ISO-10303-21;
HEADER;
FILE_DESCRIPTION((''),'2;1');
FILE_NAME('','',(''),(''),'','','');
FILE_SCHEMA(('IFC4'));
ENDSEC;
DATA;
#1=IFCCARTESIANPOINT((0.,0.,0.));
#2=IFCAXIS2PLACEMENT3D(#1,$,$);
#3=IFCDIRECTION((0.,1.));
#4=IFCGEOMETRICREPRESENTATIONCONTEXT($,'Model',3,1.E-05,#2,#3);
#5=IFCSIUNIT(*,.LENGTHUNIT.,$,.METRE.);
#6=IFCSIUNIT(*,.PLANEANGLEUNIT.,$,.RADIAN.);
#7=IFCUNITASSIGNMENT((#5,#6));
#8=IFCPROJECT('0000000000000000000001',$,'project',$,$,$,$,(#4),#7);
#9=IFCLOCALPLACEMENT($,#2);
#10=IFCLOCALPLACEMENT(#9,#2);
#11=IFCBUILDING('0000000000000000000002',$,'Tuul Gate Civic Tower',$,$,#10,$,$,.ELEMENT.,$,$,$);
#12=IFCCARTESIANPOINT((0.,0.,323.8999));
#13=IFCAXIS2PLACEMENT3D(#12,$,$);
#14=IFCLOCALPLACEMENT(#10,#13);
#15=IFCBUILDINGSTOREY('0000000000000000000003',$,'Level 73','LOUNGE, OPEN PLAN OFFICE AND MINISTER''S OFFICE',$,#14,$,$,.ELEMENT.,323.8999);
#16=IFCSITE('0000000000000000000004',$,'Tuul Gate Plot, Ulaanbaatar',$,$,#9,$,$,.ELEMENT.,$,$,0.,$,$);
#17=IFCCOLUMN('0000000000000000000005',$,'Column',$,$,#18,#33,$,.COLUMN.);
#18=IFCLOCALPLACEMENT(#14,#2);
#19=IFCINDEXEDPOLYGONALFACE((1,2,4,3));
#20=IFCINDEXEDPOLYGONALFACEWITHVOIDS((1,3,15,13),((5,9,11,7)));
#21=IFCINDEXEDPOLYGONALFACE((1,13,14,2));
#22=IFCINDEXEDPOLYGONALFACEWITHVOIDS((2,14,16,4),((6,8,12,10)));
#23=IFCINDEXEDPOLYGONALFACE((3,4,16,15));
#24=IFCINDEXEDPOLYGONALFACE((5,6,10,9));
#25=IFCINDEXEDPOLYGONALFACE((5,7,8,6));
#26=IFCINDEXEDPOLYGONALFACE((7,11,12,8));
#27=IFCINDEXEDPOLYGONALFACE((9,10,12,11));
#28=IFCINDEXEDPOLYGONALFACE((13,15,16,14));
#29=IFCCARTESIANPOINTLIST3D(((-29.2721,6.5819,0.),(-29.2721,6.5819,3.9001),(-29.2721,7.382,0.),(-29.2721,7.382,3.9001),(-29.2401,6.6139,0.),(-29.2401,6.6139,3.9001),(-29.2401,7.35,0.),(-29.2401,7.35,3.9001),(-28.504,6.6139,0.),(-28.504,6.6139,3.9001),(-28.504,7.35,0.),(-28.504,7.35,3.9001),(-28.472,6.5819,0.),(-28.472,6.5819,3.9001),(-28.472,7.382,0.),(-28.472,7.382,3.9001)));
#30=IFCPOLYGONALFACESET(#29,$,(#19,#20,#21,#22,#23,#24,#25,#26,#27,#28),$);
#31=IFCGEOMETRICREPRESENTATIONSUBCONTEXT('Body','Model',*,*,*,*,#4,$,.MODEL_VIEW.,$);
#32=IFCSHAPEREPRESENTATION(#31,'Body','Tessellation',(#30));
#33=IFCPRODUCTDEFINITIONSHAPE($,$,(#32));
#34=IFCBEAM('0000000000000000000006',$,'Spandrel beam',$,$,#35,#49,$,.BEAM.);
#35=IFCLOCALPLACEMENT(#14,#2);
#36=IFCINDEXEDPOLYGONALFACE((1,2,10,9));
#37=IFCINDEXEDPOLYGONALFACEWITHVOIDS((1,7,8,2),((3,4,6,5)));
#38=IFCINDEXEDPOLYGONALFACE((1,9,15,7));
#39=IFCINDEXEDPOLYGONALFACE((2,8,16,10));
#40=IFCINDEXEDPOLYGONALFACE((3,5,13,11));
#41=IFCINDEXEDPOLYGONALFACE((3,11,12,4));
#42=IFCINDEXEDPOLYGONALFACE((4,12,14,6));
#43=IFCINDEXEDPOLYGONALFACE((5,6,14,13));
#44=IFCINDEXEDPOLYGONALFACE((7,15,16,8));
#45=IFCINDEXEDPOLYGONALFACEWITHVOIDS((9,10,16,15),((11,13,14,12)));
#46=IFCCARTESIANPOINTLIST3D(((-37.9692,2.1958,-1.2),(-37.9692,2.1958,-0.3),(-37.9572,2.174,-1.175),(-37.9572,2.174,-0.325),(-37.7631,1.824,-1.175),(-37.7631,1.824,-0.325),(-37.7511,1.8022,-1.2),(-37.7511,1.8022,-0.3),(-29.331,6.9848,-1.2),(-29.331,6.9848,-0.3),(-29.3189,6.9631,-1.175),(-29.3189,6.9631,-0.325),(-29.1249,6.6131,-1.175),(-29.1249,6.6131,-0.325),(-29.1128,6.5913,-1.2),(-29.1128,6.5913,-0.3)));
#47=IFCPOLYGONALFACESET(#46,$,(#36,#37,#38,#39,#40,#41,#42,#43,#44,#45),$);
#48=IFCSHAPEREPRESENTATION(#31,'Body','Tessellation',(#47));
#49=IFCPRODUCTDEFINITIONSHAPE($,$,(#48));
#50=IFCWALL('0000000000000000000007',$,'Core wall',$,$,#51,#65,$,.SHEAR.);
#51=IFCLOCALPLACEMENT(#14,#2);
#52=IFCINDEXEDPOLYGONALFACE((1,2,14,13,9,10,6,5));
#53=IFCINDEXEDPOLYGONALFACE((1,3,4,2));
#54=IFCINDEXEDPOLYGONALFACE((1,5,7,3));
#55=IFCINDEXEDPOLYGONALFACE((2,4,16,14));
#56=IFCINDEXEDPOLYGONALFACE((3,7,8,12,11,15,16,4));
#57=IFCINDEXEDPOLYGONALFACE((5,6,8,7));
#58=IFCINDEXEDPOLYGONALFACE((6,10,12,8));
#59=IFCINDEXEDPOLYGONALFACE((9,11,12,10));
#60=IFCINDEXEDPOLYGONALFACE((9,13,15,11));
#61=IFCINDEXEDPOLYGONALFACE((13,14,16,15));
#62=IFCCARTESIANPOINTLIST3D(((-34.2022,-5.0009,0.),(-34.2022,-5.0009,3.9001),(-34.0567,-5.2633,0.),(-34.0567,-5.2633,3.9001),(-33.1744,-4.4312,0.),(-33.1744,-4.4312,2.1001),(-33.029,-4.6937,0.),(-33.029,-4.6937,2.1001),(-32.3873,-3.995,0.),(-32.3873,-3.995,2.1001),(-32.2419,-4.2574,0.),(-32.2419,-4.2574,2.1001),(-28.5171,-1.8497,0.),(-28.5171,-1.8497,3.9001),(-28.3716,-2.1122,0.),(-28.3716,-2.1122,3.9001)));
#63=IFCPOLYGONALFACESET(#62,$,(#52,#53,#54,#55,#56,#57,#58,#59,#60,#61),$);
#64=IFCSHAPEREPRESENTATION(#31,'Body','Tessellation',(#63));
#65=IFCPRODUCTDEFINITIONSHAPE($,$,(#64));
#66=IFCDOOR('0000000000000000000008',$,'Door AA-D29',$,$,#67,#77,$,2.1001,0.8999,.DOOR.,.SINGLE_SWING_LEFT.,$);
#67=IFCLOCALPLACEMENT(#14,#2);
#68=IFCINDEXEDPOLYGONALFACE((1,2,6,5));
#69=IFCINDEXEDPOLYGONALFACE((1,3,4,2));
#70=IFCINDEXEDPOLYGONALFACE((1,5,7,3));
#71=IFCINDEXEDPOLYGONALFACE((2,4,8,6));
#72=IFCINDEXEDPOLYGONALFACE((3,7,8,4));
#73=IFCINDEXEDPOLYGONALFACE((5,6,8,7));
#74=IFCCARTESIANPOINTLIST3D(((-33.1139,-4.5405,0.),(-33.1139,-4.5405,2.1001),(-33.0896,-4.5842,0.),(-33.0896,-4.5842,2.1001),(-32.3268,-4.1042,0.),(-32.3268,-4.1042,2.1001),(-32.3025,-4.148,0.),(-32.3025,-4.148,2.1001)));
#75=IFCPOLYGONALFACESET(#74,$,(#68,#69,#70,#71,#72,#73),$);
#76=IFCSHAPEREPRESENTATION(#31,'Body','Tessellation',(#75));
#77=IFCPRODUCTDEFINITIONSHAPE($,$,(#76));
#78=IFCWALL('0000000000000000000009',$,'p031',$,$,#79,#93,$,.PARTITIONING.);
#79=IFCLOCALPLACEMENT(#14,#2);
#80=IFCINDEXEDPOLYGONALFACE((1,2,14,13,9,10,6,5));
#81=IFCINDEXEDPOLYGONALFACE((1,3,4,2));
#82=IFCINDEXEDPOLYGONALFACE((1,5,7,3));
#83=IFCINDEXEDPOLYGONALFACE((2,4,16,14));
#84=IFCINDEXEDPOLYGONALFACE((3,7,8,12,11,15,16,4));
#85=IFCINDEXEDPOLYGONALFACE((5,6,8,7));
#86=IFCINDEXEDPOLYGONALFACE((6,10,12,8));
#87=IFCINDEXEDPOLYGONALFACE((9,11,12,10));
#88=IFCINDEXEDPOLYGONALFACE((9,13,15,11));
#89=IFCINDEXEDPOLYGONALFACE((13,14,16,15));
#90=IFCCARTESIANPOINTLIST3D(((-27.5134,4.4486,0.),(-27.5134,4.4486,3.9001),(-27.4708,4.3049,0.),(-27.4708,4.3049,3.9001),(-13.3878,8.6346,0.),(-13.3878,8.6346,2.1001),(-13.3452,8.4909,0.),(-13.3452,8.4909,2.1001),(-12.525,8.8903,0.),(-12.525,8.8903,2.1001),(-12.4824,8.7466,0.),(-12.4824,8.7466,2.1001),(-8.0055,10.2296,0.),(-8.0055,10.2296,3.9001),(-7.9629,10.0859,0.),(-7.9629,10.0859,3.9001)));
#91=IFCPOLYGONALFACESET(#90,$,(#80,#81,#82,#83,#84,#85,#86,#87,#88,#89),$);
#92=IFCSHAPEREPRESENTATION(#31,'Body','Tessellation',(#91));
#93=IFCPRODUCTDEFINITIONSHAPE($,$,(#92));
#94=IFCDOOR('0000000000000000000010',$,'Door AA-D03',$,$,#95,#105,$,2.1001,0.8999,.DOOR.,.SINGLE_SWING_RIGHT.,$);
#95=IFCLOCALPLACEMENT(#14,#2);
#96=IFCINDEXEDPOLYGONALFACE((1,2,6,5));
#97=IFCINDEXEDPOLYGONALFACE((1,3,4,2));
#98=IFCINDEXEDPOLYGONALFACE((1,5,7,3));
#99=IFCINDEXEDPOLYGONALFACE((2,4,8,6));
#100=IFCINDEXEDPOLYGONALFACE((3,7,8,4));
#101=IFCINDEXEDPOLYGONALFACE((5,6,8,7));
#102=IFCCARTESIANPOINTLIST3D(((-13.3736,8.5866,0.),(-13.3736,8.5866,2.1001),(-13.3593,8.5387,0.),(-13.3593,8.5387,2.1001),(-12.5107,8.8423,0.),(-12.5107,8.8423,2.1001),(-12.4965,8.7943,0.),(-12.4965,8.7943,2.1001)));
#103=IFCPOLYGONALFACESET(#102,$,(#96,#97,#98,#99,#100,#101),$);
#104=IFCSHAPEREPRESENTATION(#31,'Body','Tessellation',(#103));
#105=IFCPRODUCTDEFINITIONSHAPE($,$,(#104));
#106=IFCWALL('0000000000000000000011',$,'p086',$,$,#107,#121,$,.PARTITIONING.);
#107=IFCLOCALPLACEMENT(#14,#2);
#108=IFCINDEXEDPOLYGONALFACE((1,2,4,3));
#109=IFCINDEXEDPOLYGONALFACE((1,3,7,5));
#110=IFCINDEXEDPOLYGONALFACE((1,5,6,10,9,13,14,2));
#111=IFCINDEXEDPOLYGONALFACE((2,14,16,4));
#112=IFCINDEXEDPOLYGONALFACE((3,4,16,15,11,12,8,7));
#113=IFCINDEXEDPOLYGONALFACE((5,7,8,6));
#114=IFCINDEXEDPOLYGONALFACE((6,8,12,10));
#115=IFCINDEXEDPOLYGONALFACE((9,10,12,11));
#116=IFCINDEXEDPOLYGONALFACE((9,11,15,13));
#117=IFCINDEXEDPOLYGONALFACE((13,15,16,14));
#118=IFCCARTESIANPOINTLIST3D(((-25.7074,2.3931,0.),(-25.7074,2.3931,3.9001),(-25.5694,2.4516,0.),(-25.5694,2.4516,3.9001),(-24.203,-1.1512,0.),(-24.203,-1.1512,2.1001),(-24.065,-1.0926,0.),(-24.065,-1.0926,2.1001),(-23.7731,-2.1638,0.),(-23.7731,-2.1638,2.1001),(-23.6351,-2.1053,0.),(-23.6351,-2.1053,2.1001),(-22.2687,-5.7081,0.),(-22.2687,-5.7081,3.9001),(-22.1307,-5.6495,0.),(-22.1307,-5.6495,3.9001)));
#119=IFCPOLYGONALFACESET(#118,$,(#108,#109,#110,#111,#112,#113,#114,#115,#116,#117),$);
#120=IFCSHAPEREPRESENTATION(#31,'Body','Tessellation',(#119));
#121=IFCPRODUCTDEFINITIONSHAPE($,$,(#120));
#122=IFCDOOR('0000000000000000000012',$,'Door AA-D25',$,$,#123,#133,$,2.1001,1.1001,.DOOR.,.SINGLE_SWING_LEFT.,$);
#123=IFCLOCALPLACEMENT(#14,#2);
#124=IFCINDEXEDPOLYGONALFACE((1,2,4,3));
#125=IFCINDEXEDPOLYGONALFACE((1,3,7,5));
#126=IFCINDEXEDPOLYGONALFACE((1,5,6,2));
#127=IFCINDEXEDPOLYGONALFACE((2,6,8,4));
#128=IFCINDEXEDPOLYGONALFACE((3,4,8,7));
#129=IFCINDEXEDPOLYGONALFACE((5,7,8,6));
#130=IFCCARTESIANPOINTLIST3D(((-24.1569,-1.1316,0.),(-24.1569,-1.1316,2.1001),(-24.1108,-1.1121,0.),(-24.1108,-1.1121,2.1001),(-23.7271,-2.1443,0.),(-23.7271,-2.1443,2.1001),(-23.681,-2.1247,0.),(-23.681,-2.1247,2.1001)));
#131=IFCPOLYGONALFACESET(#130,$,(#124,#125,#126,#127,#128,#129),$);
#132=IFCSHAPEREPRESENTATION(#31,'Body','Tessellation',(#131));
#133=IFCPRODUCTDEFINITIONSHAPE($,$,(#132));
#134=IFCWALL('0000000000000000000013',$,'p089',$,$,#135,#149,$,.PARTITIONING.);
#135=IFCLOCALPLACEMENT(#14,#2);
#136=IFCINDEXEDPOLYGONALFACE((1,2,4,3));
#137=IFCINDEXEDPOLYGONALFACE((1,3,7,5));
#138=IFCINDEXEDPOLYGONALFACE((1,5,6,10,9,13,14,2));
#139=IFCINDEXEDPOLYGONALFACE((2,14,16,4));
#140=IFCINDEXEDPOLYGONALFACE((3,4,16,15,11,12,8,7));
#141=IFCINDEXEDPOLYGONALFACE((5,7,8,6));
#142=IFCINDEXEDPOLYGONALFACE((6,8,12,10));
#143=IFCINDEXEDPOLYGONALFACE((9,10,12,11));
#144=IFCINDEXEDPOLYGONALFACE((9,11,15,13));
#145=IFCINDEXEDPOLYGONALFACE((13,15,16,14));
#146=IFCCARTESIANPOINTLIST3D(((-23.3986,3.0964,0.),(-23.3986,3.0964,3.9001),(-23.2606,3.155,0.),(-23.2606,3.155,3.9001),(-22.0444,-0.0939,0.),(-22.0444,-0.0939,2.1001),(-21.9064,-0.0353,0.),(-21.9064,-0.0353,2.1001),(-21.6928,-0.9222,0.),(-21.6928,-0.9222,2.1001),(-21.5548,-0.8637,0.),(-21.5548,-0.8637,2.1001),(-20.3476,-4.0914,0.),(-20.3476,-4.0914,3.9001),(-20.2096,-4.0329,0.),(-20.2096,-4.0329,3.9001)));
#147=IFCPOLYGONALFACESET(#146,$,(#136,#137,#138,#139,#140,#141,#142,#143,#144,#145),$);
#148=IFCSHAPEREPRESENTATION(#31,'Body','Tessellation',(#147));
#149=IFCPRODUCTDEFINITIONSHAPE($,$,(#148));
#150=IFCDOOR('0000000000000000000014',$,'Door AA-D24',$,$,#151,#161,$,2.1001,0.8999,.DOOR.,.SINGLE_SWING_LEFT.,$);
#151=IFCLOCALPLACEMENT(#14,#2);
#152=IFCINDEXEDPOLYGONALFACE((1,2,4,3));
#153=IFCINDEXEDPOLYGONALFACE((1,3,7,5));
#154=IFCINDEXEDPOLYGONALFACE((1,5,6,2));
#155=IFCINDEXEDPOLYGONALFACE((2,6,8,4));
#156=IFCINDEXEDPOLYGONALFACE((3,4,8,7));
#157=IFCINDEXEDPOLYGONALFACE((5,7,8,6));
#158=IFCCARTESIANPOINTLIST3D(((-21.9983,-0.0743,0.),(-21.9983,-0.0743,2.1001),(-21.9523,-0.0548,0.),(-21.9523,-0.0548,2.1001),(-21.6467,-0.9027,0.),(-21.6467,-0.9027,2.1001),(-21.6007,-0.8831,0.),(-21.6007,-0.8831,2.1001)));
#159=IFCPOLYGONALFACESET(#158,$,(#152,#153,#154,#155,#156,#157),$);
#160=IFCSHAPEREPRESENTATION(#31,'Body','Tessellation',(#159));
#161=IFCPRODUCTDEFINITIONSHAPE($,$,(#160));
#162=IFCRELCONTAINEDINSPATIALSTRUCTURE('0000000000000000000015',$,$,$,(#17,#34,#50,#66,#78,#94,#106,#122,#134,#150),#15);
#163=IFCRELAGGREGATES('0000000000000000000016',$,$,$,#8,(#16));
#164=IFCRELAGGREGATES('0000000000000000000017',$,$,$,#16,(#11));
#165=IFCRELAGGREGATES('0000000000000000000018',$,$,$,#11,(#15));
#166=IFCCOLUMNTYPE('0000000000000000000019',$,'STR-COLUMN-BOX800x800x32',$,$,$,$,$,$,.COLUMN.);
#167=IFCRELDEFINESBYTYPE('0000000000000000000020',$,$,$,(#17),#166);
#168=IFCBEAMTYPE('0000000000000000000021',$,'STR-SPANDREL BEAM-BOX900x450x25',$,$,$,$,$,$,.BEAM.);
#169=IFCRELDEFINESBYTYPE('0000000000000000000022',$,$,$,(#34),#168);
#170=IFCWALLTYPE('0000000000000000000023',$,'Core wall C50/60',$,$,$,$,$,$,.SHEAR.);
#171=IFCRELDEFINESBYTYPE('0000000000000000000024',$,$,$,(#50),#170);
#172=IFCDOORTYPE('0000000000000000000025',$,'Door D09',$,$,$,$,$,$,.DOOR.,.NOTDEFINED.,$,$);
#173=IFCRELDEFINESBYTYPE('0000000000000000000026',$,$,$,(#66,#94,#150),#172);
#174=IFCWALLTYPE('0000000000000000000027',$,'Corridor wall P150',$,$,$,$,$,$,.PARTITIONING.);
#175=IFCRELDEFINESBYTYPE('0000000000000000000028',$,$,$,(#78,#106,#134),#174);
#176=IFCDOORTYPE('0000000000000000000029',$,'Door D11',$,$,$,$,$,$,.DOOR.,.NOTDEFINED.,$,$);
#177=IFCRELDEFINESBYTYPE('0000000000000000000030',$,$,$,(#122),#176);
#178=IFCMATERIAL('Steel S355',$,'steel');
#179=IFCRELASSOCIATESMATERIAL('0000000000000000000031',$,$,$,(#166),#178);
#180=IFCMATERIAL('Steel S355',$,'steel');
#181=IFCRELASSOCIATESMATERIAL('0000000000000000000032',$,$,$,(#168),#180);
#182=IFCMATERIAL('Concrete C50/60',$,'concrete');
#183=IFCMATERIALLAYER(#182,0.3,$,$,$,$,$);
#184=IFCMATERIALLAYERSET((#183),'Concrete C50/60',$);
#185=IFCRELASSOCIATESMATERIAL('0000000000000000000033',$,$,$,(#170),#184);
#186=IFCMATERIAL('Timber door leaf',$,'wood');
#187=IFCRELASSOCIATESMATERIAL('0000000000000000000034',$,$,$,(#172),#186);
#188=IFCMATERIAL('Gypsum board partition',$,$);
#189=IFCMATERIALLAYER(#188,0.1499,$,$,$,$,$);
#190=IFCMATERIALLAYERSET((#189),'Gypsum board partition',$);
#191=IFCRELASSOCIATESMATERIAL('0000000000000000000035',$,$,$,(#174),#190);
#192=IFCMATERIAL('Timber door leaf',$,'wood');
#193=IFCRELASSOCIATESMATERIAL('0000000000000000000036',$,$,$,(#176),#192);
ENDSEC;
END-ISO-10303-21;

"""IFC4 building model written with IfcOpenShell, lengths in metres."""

from ifc_helpers import new_model, si_unit, direction, frame, frame_2d, origin, origin_2d, place, context, subcontext, project, spatial, rectangle, hollow_rectangle, extrude, material, layer, layer_set, material_profile, profile_set, type_object, element, fill, save


model = new_model("IFC4")

# Units and contexts
model_context = context("Model", 3, precision=1e-05, world=origin(), true_north=direction((0.0, 1.0)))
body_context = subcontext(model_context, "Body", "Model", "MODEL_VIEW")
ifc_project = project(units=[si_unit("LENGTHUNIT", "METRE"), si_unit("PLANEANGLEUNIT", "RADIAN")], contexts=[model_context])

# Site, building, storey
site_placement = place(None, origin())
site = spatial("IfcSite", under=ifc_project, at=site_placement, Name="Tuul Gate Plot, Ulaanbaatar", CompositionType="ELEMENT", RefElevation=0.0)
building_placement = place(site_placement, origin())
building = spatial("IfcBuilding", under=site, at=building_placement, Name="Tuul Gate Civic Tower", CompositionType="ELEMENT")
storey_placement = place(building_placement, frame((0.0, 0.0, 323.8999)))
storey = spatial("IfcBuildingStorey", under=building, at=storey_placement, Name="Level 73", Description="LOUNGE, OPEN PLAN OFFICE AND MINISTER'S OFFICE", CompositionType="ELEMENT", Elevation=323.8999)

# Column
ifc_material_1 = material(Name="Steel S355", Category="steel")
ifc_material_profile_1 = material_profile(ifc_material_1, hollow_rectangle(XDim=0.8, YDim=0.8, WallThickness=0.032, at=origin_2d()), Name="BOX800x800x32")
ifc_profile_set_1 = profile_set([ifc_material_profile_1], Name="Steel S355")
column_type = type_object("IfcColumnType", Name="STR-COLUMN-BOX800x800x32", PredefinedType="COLUMN", material=ifc_profile_set_1)
column_placement = place(storey_placement, frame((-28.8721, 6.9819, 0.0), z_axis=(0.0, 0.0, 1.0), x_axis=(1.0, 0.0, 0.0)))
element("IfcColumn", 1, at=column_placement, inside=storey, type_object=column_type, Name="Column", PredefinedType="COLUMN", context=body_context, shape_type="SweptSolid", body=[
    extrude(hollow_rectangle(XDim=0.8, YDim=0.8, WallThickness=0.032, at=origin_2d()), origin(), (0.0, 0.0, 1.0), 3.9001),
])

# Beam
ifc_material_2 = material(Name="Steel S355", Category="steel")
ifc_material_profile_2 = material_profile(ifc_material_2, hollow_rectangle(XDim=0.45, YDim=0.8999, WallThickness=0.0249, at=origin_2d()), Name="BOX900x450x25")
ifc_profile_set_2 = profile_set([ifc_material_profile_2], Name="Steel S355")
beam_type = type_object("IfcBeamType", Name="STR-SPANDREL BEAM-BOX900x450x25", PredefinedType="BEAM", material=ifc_profile_set_2)
beam_placement = place(storey_placement, frame((-29.2219, 6.7881, -0.75), z_axis=(-0.874584, -0.484875, 0.0), x_axis=(0.484875, -0.874584, 0.0)))
element("IfcBeam", 2, at=beam_placement, inside=storey, type_object=beam_type, Name="Spandrel beam", PredefinedType="BEAM", context=body_context, shape_type="SweptSolid", body=[
    extrude(hollow_rectangle(XDim=0.45, YDim=0.8999, WallThickness=0.0249, at=origin_2d()), origin(), (0.0, 0.0, 1.0), 9.877),
])

# Walls, openings, doors
ifc_material_3 = material(Name="Concrete C50/60", Category="concrete")
ifc_layer_1 = layer(ifc_material_3, 0.3)
ifc_layer_set_1 = layer_set([ifc_layer_1], Name="Concrete C50/60")
wall_type_1 = type_object("IfcWallType", Name="Core wall C50/60", PredefinedType="SHEAR", material=ifc_layer_set_1)
wall_1_placement = place(storey_placement, frame((-28.4443, -1.981, 0.0), z_axis=(0.0, 0.0, 1.0), x_axis=(-0.87463, -0.484791, 0.0)))
wall_1 = element("IfcWall", 3, at=wall_1_placement, inside=storey, type_object=wall_type_1, Name="Core wall", PredefinedType="SHEAR", context=body_context, shape_type="SweptSolid", body=[
    extrude(rectangle(XDim=6.5, YDim=0.3, at=frame_2d((3.25, 0.0))), origin(), (0.0, 0.0, 1.0), 3.9001),
])
opening_1_placement = place(wall_1_placement, frame((4.425, 0.0, 0.0)))
opening_1 = element("IfcOpeningElement", 4, at=opening_1_placement, cuts=wall_1, PredefinedType="OPENING", context=body_context, shape_type="SweptSolid", body=[
    extrude(rectangle(XDim=0.8999, YDim=2.1001, at=frame_2d((0.45, 1.05))), frame((0.0, 0.1602, 0.0), z_axis=(0.0, -1.0, 0.0), x_axis=(1.0, 0.0, 0.0)), (0.0, 0.0, 1.0), 0.3201),
])
ifc_material_4 = material(Name="Timber door leaf", Category="wood")
door_type_1 = type_object("IfcDoorType", Name="Door D09", OperationType="NOTDEFINED", PredefinedType="DOOR", material=ifc_material_4)
door_1_placement = place(opening_1_placement, origin())
door_1 = element("IfcDoor", 5, at=door_1_placement, inside=storey, type_object=door_type_1, Name="Door AA-D29", OperationType="SINGLE_SWING_LEFT", OverallHeight=2.1001, OverallWidth=0.8999, PredefinedType="DOOR", context=body_context, shape_type="SweptSolid", body=[
    extrude(rectangle(XDim=0.8999, YDim=2.1001, at=frame_2d((0.45, 1.05))), frame((0.0, 0.0249, 0.0), z_axis=(0.0, -1.0, 0.0), x_axis=(1.0, 0.0, 0.0)), (0.0, 0.0, 1.0), 0.05),
])
fill(opening_1, door_1)
ifc_material_5 = material(Name="Gypsum board partition")
ifc_layer_2 = layer(ifc_material_5, 0.1499)
ifc_layer_set_2 = layer_set([ifc_layer_2], Name="Gypsum board partition")
wall_type_2 = type_object("IfcWallType", Name="Corridor wall P150", PredefinedType="PARTITIONING", material=ifc_layer_set_2)
wall_2_placement = place(storey_placement, frame((-27.4922, 4.3767, 0.0), z_axis=(0.0, 0.0, 1.0), x_axis=(0.958786, 0.28413, 0.0)))
wall_2 = element("IfcWall", 6, at=wall_2_placement, inside=storey, type_object=wall_type_2, Name="p031", PredefinedType="PARTITIONING", context=body_context, shape_type="SweptSolid", body=[
    extrude(rectangle(XDim=20.3464, YDim=0.1499, at=frame_2d((10.1733, 0.0))), origin(), (0.0, 0.0, 1.0), 3.9001),
])
opening_2_placement = place(wall_2_placement, frame((14.7329, 0.0, 0.0)))
opening_2 = element("IfcOpeningElement", 7, at=opening_2_placement, cuts=wall_2, PredefinedType="OPENING", context=body_context, shape_type="SweptSolid", body=[
    extrude(rectangle(XDim=0.8999, YDim=2.1001, at=frame_2d((0.45, 1.05))), frame((0.0, 0.085, 0.0), z_axis=(0.0, -1.0, 0.0), x_axis=(1.0, 0.0, 0.0)), (0.0, 0.0, 1.0), 0.1699),
])
door_2_placement = place(opening_2_placement, origin())
door_2 = element("IfcDoor", 8, at=door_2_placement, inside=storey, type_object=door_type_1, Name="Door AA-D03", OperationType="SINGLE_SWING_RIGHT", OverallHeight=2.1001, OverallWidth=0.8999, PredefinedType="DOOR", context=body_context, shape_type="SweptSolid", body=[
    extrude(rectangle(XDim=0.8999, YDim=2.1001, at=frame_2d((0.45, 1.05))), frame((0.0, 0.0249, 0.0), z_axis=(0.0, -1.0, 0.0), x_axis=(1.0, 0.0, 0.0)), (0.0, 0.0, 1.0), 0.05),
])
fill(opening_2, door_2)
wall_3_placement = place(storey_placement, frame((-25.6384, 2.4224, 0.0), z_axis=(0.0, 0.0, 1.0), x_axis=(0.390733, -0.920504, 0.0)))
wall_3 = element("IfcWall", 9, at=wall_3_placement, inside=storey, type_object=wall_type_2, Name="p086", PredefinedType="PARTITIONING", context=body_context, shape_type="SweptSolid", body=[
    extrude(rectangle(XDim=8.8008, YDim=0.1499, at=frame_2d((4.4004, 0.0))), origin(), (0.0, 0.0, 1.0), 3.9001),
])
opening_3_placement = place(wall_3_placement, frame((3.8503, 0.0, 0.0)))
opening_3 = element("IfcOpeningElement", 10, at=opening_3_placement, cuts=wall_3, PredefinedType="OPENING", context=body_context, shape_type="SweptSolid", body=[
    extrude(rectangle(XDim=1.1001, YDim=2.1001, at=frame_2d((0.55, 1.05))), frame((0.0, 0.085, 0.0), z_axis=(0.0, -1.0, 0.0), x_axis=(1.0, 0.0, 0.0)), (0.0, 0.0, 1.0), 0.1699),
])
ifc_material_6 = material(Name="Timber door leaf", Category="wood")
door_type_2 = type_object("IfcDoorType", Name="Door D11", OperationType="NOTDEFINED", PredefinedType="DOOR", material=ifc_material_6)
door_3_placement = place(opening_3_placement, frame((1.1001, 0.0, 0.0), z_axis=(0.0, 0.0, 1.0), x_axis=(-1.0, 0.0, 0.0)))
door_3 = element("IfcDoor", 11, at=door_3_placement, inside=storey, type_object=door_type_2, Name="Door AA-D25", OperationType="SINGLE_SWING_LEFT", OverallHeight=2.1001, OverallWidth=1.1001, PredefinedType="DOOR", context=body_context, shape_type="SweptSolid", body=[
    extrude(rectangle(XDim=1.1001, YDim=2.1001, at=frame_2d((0.55, 1.05))), frame((0.0, 0.0249, 0.0), z_axis=(0.0, -1.0, 0.0), x_axis=(1.0, 0.0, 0.0)), (0.0, 0.0, 1.0), 0.05),
])
fill(opening_3, door_3)
wall_4_placement = place(storey_placement, frame((-23.3296, 3.1257, 0.0), z_axis=(0.0, 0.0, 1.0), x_axis=(0.390721, -0.920509, 0.0)))
wall_4 = element("IfcWall", 12, at=wall_4_placement, inside=storey, type_object=wall_type_2, Name="p089", PredefinedType="PARTITIONING", context=body_context, shape_type="SweptSolid", body=[
    extrude(rectangle(XDim=7.8086, YDim=0.1499, at=frame_2d((3.9043, 0.0))), origin(), (0.0, 0.0, 1.0), 3.9001),
])
opening_4_placement = place(wall_4_placement, frame((3.4658, 0.0, 0.0)))
opening_4 = element("IfcOpeningElement", 13, at=opening_4_placement, cuts=wall_4, PredefinedType="OPENING", context=body_context, shape_type="SweptSolid", body=[
    extrude(rectangle(XDim=0.8999, YDim=2.1001, at=frame_2d((0.45, 1.05))), frame((0.0, 0.085, 0.0), z_axis=(0.0, -1.0, 0.0), x_axis=(1.0, 0.0, 0.0)), (0.0, 0.0, 1.0), 0.1699),
])
door_4_placement = place(opening_4_placement, frame((0.8999, 0.0, 0.0), z_axis=(0.0, 0.0, 1.0), x_axis=(-1.0, 0.0, 0.0)))
door_4 = element("IfcDoor", 14, at=door_4_placement, inside=storey, type_object=door_type_1, Name="Door AA-D24", OperationType="SINGLE_SWING_LEFT", OverallHeight=2.1001, OverallWidth=0.8999, PredefinedType="DOOR", context=body_context, shape_type="SweptSolid", body=[
    extrude(rectangle(XDim=0.8999, YDim=2.1001, at=frame_2d((0.45, 1.05))), frame((0.0, 0.0249, 0.0), z_axis=(0.0, -1.0, 0.0), x_axis=(1.0, 0.0, 0.0)), (0.0, 0.0, 1.0), 0.05),
])
fill(opening_4, door_4)

save(model, "model.ifc")
